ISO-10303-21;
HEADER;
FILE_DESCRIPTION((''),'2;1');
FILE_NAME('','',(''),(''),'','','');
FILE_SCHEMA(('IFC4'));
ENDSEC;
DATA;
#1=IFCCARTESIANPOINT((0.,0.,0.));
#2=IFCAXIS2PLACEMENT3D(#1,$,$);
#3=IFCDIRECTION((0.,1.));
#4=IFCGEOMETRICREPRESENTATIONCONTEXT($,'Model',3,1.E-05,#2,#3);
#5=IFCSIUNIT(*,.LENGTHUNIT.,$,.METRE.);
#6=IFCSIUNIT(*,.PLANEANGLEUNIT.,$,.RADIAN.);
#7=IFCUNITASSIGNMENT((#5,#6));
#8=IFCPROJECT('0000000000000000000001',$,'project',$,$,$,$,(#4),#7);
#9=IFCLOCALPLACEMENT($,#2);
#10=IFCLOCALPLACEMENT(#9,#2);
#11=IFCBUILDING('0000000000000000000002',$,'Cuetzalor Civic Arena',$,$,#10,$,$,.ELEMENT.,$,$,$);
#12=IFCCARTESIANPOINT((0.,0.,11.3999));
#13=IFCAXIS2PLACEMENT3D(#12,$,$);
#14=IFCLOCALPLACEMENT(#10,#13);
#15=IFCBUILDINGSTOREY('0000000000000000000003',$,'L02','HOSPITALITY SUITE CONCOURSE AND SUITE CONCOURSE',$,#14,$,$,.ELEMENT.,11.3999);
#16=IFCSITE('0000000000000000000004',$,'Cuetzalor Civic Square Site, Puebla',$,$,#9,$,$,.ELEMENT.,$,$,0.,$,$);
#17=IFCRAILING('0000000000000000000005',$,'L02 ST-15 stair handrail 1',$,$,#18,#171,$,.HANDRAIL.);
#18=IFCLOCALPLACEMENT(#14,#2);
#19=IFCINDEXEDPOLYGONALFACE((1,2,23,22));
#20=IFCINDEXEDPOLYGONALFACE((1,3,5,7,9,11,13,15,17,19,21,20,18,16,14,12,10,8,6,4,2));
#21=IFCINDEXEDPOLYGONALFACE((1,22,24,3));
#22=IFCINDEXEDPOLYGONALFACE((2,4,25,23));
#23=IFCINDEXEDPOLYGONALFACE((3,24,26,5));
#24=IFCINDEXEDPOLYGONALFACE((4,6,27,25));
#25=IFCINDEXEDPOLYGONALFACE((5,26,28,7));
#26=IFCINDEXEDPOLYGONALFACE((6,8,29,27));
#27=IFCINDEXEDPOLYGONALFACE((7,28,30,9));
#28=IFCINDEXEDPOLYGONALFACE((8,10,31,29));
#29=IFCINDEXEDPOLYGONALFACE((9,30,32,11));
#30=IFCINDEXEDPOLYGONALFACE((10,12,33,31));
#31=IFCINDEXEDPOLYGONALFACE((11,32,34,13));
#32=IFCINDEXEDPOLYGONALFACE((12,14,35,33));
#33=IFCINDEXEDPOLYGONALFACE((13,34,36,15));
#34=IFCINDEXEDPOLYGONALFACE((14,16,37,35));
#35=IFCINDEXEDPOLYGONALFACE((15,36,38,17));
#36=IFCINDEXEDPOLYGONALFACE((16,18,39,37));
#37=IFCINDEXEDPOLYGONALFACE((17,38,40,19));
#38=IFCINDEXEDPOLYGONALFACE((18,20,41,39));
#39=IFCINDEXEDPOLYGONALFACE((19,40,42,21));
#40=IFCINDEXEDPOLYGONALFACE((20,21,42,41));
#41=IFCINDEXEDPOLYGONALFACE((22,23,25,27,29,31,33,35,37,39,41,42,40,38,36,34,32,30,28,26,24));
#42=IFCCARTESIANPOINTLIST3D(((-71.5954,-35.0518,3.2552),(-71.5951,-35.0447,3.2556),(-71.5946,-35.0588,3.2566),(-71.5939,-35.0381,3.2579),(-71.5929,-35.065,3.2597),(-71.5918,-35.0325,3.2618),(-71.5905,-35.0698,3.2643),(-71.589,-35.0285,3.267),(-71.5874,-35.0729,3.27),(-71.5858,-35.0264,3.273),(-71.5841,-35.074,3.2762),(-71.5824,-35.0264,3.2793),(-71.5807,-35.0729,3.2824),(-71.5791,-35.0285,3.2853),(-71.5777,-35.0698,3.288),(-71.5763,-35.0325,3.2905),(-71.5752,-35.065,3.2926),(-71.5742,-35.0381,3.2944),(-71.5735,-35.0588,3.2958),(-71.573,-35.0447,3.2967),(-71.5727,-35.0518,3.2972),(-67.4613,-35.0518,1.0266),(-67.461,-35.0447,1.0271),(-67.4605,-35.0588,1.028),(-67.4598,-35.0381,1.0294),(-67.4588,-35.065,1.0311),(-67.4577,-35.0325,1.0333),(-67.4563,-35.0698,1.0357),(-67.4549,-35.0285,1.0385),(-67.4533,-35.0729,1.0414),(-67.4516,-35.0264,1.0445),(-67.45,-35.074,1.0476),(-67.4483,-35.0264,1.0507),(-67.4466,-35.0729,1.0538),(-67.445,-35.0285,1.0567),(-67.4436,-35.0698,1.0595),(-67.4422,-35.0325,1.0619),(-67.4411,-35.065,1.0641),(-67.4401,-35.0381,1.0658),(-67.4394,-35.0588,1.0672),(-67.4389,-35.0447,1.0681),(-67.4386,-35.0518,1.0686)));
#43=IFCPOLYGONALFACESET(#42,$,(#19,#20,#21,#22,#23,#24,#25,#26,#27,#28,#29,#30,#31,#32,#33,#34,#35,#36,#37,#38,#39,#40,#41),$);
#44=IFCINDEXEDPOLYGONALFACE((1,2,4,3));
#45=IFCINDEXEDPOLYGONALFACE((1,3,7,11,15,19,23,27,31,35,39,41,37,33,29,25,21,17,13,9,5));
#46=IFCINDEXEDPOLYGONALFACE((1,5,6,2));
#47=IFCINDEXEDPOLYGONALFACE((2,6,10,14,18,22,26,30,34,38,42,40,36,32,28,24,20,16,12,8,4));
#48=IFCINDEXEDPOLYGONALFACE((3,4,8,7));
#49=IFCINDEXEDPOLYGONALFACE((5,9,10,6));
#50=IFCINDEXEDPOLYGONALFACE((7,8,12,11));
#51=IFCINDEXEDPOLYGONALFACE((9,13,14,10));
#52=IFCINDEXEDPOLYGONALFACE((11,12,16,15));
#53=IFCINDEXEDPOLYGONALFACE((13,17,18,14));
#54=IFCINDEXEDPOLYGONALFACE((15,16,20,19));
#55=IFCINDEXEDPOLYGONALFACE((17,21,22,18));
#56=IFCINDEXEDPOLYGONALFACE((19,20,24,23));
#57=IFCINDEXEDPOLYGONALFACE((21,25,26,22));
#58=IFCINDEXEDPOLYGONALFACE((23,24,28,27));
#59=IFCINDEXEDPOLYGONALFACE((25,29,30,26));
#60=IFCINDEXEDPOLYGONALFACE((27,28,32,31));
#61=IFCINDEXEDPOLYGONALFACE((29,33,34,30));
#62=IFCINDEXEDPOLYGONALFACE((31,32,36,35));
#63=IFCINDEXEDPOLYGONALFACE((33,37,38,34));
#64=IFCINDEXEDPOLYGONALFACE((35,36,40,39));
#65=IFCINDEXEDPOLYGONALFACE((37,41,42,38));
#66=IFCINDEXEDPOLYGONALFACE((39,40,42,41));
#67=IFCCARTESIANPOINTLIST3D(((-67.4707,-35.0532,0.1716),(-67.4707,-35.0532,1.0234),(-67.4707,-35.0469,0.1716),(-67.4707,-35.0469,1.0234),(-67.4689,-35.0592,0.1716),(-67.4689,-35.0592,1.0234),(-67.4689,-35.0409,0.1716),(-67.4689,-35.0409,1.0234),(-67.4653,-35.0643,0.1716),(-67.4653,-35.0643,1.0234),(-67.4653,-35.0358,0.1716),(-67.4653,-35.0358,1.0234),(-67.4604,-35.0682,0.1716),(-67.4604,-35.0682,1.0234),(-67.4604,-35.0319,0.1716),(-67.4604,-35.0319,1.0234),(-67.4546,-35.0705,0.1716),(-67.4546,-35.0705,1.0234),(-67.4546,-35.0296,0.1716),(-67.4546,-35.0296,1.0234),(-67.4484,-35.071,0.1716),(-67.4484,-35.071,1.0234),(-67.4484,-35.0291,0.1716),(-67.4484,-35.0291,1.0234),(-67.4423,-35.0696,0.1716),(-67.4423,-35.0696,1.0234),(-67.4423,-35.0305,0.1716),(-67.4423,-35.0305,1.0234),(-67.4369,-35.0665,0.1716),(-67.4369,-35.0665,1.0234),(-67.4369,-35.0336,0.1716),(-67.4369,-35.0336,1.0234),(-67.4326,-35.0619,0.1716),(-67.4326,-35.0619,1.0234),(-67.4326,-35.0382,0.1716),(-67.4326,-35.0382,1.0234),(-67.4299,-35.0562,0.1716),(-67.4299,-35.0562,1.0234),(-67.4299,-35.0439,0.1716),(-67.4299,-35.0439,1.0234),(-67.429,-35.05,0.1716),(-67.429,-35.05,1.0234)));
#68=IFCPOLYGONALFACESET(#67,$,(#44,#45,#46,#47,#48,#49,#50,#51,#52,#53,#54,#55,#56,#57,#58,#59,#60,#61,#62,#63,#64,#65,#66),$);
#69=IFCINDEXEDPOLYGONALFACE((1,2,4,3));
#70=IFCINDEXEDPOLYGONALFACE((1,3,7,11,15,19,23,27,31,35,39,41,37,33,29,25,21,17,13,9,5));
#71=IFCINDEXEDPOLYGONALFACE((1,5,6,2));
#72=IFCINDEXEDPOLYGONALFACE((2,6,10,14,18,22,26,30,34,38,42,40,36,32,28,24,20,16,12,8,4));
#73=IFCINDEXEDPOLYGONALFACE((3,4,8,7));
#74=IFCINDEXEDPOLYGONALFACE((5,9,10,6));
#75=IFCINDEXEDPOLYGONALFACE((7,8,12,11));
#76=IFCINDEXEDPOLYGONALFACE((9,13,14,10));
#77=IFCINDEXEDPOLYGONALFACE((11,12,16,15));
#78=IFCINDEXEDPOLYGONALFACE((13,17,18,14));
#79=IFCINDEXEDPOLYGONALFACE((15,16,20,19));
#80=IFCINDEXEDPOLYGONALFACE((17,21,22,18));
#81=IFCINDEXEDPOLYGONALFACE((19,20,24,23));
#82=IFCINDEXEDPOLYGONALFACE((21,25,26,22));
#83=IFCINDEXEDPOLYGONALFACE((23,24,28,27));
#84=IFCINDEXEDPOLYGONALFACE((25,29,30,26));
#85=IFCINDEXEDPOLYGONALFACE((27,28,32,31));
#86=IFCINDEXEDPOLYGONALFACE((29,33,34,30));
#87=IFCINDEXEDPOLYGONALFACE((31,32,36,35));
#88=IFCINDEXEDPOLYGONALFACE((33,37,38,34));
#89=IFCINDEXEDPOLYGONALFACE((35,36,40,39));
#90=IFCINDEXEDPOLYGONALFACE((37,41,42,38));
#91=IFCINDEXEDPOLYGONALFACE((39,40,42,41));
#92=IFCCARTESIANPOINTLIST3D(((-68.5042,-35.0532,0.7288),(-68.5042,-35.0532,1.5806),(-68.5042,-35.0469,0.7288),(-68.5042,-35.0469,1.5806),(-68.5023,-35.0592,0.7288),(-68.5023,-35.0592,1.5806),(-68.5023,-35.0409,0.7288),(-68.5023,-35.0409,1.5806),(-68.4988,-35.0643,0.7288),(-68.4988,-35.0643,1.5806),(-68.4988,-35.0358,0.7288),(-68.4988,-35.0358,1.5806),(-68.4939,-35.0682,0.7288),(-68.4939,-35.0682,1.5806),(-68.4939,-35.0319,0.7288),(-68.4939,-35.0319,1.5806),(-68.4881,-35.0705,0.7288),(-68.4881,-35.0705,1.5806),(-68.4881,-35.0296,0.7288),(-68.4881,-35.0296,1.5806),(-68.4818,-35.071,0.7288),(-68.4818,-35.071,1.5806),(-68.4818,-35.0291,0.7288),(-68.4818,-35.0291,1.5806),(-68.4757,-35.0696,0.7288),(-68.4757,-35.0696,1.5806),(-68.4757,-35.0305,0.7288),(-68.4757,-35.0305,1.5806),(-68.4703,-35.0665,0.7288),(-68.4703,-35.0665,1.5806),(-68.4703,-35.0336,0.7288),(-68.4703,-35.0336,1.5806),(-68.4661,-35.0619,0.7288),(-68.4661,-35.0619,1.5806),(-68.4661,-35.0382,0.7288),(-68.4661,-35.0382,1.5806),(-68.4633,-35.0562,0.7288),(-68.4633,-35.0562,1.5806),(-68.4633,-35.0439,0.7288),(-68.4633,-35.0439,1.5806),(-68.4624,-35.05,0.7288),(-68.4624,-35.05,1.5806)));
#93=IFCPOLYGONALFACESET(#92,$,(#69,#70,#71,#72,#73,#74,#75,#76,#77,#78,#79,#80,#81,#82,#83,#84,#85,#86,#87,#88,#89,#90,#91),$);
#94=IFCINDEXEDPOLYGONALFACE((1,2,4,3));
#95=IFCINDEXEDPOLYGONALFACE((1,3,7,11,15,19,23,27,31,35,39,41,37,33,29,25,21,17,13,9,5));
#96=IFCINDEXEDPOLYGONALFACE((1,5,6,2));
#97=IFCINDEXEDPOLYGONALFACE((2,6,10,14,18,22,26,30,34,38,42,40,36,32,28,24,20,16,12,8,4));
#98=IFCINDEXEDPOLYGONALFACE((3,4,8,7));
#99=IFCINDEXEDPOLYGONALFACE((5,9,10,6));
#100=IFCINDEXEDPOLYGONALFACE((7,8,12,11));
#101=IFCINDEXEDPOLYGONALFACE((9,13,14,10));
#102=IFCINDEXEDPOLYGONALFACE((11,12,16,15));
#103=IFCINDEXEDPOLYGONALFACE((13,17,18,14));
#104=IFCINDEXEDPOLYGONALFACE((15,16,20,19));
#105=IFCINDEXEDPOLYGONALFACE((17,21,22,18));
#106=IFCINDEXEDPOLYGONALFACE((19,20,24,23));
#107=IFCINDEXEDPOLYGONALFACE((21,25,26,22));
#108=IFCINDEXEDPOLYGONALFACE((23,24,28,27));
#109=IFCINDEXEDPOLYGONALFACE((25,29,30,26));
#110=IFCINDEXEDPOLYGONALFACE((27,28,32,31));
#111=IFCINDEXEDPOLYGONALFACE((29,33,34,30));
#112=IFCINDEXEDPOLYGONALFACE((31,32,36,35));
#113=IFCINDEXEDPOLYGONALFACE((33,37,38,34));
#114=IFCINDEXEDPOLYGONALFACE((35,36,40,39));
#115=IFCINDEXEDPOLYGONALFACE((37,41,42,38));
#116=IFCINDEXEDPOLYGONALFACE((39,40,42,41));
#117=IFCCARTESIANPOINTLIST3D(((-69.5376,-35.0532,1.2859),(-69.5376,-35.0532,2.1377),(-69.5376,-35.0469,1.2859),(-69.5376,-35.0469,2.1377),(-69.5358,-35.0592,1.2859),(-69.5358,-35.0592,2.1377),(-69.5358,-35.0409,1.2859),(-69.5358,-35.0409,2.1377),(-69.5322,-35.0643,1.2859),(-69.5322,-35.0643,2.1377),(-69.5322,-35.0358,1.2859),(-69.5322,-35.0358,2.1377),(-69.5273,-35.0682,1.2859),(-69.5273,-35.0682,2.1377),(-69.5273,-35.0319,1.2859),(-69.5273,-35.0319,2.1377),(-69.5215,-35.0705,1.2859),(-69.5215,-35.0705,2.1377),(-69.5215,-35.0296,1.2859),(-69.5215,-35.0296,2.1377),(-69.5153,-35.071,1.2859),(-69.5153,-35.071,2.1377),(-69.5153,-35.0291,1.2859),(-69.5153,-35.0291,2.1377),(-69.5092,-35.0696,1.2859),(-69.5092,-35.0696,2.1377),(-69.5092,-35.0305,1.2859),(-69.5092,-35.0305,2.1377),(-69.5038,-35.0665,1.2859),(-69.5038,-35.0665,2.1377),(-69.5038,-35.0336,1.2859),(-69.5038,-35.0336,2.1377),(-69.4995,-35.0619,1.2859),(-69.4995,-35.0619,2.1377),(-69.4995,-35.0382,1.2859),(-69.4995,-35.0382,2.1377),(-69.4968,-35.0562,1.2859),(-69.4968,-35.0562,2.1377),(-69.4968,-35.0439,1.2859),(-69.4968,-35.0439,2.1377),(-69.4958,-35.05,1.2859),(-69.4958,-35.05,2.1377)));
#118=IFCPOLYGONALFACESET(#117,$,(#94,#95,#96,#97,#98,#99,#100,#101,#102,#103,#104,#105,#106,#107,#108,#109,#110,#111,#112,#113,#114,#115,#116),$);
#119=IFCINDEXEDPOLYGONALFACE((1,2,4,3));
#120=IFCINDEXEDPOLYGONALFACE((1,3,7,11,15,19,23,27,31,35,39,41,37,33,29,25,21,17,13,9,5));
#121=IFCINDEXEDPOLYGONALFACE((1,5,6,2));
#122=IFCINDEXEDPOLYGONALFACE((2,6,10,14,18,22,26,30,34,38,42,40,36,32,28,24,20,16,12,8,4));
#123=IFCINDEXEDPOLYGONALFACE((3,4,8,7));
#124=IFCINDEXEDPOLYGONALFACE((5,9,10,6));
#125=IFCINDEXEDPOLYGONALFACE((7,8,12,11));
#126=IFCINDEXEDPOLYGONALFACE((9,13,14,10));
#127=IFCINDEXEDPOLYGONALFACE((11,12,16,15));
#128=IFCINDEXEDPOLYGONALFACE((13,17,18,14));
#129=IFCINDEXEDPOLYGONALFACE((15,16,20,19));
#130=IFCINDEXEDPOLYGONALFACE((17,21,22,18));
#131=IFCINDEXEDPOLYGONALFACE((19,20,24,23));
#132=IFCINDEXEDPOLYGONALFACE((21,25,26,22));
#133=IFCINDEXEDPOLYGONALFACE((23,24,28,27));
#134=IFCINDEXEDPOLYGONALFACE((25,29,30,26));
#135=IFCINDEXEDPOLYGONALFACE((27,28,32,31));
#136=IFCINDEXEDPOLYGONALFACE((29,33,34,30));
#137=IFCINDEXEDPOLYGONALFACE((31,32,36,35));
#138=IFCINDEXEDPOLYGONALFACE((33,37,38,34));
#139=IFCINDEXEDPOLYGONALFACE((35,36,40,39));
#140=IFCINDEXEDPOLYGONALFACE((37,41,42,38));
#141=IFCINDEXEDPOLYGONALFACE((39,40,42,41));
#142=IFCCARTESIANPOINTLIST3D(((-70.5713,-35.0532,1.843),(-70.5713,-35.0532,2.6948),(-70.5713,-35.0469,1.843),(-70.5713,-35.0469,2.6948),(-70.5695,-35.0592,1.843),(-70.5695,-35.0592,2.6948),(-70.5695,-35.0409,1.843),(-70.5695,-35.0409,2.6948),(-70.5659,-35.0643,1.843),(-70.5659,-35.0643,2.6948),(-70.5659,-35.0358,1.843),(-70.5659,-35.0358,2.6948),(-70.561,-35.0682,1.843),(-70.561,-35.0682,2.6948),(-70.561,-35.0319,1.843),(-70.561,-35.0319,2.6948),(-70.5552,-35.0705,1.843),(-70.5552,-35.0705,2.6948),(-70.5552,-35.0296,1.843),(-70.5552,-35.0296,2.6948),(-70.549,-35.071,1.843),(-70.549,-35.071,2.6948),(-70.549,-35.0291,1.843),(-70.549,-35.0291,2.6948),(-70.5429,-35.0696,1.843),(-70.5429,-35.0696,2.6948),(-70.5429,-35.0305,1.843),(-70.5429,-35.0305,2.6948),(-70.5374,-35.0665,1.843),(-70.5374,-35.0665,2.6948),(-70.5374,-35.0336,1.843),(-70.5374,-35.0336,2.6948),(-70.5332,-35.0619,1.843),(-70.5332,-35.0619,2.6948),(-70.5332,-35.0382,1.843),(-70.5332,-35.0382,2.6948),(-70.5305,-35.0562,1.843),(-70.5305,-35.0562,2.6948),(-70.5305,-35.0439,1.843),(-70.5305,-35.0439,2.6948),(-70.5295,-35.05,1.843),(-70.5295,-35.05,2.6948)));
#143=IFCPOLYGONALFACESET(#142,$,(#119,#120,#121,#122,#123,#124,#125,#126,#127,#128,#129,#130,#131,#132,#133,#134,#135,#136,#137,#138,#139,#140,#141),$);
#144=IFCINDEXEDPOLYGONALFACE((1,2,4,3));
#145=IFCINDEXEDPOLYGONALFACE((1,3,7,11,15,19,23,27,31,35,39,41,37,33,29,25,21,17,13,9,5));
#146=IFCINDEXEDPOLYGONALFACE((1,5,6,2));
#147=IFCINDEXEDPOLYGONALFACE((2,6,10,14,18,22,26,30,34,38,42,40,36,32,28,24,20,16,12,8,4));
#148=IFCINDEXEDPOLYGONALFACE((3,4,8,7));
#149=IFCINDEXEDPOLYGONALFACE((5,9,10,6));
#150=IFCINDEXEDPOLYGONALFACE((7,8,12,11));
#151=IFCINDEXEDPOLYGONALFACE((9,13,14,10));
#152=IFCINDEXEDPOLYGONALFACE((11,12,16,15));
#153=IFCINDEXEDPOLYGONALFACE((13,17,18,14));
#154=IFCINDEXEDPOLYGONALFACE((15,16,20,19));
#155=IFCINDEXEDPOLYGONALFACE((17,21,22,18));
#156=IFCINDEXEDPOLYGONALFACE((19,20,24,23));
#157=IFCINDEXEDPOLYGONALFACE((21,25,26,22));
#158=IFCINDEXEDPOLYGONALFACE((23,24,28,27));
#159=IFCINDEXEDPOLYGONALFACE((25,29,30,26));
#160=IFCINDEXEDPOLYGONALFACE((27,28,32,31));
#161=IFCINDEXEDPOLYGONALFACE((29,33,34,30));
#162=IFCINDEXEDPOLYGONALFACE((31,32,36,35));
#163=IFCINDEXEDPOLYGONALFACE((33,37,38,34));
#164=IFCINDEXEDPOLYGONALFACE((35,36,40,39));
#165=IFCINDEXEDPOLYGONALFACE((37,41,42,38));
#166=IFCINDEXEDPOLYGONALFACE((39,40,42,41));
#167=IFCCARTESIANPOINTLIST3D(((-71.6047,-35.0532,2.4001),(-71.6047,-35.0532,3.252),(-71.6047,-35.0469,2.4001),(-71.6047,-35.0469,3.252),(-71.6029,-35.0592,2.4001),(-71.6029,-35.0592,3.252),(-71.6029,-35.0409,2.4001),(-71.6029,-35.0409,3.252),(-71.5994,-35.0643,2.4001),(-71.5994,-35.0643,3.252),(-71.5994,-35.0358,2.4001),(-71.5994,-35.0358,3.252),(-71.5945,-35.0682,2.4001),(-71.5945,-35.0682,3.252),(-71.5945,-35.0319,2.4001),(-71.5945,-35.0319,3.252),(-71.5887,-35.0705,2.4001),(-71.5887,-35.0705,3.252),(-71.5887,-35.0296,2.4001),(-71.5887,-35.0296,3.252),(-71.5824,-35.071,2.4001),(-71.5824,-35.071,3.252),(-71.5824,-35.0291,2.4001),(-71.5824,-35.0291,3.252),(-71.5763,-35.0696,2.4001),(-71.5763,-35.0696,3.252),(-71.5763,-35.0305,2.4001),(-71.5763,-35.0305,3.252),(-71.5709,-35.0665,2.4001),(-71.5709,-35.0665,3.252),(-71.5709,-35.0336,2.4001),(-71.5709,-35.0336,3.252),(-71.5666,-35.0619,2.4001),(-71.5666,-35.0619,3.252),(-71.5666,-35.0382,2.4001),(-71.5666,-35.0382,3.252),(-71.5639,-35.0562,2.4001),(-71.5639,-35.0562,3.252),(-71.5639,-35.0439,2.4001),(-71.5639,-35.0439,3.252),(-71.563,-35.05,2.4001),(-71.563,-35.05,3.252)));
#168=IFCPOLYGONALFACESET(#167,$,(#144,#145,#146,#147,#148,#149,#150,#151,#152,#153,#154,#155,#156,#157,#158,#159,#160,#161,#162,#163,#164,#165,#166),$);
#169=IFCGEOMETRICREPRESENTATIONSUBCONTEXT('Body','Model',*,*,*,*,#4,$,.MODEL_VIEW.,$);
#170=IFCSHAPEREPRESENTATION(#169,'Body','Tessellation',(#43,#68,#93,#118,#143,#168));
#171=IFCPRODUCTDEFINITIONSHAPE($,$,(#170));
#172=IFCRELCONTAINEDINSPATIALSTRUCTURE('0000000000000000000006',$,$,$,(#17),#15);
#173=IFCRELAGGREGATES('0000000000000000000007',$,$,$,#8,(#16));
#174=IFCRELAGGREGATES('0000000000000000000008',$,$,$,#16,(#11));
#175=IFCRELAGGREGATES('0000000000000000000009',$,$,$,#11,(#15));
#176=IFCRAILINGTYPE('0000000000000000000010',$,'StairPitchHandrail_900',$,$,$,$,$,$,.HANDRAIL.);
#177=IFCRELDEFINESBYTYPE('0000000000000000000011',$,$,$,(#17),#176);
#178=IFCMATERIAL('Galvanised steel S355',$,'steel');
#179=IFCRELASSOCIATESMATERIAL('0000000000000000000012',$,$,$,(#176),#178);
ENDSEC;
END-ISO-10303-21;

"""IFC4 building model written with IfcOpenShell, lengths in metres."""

from ifc_helpers import new_model, si_unit, direction, frame, origin, origin_2d, place, context, subcontext, project, spatial, circle, extrude, material, type_object, element, save


model = new_model("IFC4")

# Units and contexts
model_context = context("Model", 3, precision=1e-05, world=origin(), true_north=direction((0.0, 1.0)))
body_context = subcontext(model_context, "Body", "Model", "MODEL_VIEW")
ifc_project = project(units=[si_unit("LENGTHUNIT", "METRE"), si_unit("PLANEANGLEUNIT", "RADIAN")], contexts=[model_context])

# Site, building, storey
site_placement = place(None, origin())
site = spatial("IfcSite", under=ifc_project, at=site_placement, Name="Cuetzalor Civic Square Site, Puebla", CompositionType="ELEMENT", RefElevation=0.0)
building_placement = place(site_placement, origin())
building = spatial("IfcBuilding", under=site, at=building_placement, Name="Cuetzalor Civic Arena", CompositionType="ELEMENT")
storey_placement = place(building_placement, frame((0.0, 0.0, 11.3999)))
storey = spatial("IfcBuildingStorey", under=building, at=storey_placement, Name="L02", Description="HOSPITALITY SUITE CONCOURSE AND SUITE CONCOURSE", CompositionType="ELEMENT", Elevation=11.3999)

# Railing
ifc_material_1 = material(Name="Galvanised steel S355", Category="steel")
railing_type_1 = type_object("IfcRailingType", Name="StairPitchHandrail_900", PredefinedType="HANDRAIL", material=ifc_material_1)
for number, where, name in (
    (1, (-67.45, -35.05, 0.1716), "L02 ST-15 stair handrail 1"),
):
    element("IfcRailing", number, at=place(storey_placement, frame(where)), inside=storey, type_object=railing_type_1, Name=name, PredefinedType="HANDRAIL", context=body_context, shape_type="SweptSolid", body=[
        extrude(circle(Radius=0.0239, at=origin_2d()), frame((0.0, 0.0, 0.876), z_axis=(-0.880249, 0.0, 0.474512), x_axis=(0.0, -1.0, 0.0)), (0.0, 0.0, 1.0), 4.6965),
        extrude(circle(Radius=0.021, at=origin_2d()), origin(), (0.0, 0.0, 1.0), 0.8518),
        extrude(circle(Radius=0.021, at=origin_2d()), frame((-1.0334, 0.0, 0.5571)), (0.0, 0.0, 1.0), 0.8518),
        extrude(circle(Radius=0.021, at=origin_2d()), frame((-2.0669, 0.0, 1.1143)), (0.0, 0.0, 1.0), 0.8518),
        extrude(circle(Radius=0.021, at=origin_2d()), frame((-3.1006, 0.0, 1.6714)), (0.0, 0.0, 1.0), 0.8518),
        extrude(circle(Radius=0.021, at=origin_2d()), frame((-4.134, 0.0, 2.2285)), (0.0, 0.0, 1.0), 0.8518),
    ])

save(model, "model.ifc")
